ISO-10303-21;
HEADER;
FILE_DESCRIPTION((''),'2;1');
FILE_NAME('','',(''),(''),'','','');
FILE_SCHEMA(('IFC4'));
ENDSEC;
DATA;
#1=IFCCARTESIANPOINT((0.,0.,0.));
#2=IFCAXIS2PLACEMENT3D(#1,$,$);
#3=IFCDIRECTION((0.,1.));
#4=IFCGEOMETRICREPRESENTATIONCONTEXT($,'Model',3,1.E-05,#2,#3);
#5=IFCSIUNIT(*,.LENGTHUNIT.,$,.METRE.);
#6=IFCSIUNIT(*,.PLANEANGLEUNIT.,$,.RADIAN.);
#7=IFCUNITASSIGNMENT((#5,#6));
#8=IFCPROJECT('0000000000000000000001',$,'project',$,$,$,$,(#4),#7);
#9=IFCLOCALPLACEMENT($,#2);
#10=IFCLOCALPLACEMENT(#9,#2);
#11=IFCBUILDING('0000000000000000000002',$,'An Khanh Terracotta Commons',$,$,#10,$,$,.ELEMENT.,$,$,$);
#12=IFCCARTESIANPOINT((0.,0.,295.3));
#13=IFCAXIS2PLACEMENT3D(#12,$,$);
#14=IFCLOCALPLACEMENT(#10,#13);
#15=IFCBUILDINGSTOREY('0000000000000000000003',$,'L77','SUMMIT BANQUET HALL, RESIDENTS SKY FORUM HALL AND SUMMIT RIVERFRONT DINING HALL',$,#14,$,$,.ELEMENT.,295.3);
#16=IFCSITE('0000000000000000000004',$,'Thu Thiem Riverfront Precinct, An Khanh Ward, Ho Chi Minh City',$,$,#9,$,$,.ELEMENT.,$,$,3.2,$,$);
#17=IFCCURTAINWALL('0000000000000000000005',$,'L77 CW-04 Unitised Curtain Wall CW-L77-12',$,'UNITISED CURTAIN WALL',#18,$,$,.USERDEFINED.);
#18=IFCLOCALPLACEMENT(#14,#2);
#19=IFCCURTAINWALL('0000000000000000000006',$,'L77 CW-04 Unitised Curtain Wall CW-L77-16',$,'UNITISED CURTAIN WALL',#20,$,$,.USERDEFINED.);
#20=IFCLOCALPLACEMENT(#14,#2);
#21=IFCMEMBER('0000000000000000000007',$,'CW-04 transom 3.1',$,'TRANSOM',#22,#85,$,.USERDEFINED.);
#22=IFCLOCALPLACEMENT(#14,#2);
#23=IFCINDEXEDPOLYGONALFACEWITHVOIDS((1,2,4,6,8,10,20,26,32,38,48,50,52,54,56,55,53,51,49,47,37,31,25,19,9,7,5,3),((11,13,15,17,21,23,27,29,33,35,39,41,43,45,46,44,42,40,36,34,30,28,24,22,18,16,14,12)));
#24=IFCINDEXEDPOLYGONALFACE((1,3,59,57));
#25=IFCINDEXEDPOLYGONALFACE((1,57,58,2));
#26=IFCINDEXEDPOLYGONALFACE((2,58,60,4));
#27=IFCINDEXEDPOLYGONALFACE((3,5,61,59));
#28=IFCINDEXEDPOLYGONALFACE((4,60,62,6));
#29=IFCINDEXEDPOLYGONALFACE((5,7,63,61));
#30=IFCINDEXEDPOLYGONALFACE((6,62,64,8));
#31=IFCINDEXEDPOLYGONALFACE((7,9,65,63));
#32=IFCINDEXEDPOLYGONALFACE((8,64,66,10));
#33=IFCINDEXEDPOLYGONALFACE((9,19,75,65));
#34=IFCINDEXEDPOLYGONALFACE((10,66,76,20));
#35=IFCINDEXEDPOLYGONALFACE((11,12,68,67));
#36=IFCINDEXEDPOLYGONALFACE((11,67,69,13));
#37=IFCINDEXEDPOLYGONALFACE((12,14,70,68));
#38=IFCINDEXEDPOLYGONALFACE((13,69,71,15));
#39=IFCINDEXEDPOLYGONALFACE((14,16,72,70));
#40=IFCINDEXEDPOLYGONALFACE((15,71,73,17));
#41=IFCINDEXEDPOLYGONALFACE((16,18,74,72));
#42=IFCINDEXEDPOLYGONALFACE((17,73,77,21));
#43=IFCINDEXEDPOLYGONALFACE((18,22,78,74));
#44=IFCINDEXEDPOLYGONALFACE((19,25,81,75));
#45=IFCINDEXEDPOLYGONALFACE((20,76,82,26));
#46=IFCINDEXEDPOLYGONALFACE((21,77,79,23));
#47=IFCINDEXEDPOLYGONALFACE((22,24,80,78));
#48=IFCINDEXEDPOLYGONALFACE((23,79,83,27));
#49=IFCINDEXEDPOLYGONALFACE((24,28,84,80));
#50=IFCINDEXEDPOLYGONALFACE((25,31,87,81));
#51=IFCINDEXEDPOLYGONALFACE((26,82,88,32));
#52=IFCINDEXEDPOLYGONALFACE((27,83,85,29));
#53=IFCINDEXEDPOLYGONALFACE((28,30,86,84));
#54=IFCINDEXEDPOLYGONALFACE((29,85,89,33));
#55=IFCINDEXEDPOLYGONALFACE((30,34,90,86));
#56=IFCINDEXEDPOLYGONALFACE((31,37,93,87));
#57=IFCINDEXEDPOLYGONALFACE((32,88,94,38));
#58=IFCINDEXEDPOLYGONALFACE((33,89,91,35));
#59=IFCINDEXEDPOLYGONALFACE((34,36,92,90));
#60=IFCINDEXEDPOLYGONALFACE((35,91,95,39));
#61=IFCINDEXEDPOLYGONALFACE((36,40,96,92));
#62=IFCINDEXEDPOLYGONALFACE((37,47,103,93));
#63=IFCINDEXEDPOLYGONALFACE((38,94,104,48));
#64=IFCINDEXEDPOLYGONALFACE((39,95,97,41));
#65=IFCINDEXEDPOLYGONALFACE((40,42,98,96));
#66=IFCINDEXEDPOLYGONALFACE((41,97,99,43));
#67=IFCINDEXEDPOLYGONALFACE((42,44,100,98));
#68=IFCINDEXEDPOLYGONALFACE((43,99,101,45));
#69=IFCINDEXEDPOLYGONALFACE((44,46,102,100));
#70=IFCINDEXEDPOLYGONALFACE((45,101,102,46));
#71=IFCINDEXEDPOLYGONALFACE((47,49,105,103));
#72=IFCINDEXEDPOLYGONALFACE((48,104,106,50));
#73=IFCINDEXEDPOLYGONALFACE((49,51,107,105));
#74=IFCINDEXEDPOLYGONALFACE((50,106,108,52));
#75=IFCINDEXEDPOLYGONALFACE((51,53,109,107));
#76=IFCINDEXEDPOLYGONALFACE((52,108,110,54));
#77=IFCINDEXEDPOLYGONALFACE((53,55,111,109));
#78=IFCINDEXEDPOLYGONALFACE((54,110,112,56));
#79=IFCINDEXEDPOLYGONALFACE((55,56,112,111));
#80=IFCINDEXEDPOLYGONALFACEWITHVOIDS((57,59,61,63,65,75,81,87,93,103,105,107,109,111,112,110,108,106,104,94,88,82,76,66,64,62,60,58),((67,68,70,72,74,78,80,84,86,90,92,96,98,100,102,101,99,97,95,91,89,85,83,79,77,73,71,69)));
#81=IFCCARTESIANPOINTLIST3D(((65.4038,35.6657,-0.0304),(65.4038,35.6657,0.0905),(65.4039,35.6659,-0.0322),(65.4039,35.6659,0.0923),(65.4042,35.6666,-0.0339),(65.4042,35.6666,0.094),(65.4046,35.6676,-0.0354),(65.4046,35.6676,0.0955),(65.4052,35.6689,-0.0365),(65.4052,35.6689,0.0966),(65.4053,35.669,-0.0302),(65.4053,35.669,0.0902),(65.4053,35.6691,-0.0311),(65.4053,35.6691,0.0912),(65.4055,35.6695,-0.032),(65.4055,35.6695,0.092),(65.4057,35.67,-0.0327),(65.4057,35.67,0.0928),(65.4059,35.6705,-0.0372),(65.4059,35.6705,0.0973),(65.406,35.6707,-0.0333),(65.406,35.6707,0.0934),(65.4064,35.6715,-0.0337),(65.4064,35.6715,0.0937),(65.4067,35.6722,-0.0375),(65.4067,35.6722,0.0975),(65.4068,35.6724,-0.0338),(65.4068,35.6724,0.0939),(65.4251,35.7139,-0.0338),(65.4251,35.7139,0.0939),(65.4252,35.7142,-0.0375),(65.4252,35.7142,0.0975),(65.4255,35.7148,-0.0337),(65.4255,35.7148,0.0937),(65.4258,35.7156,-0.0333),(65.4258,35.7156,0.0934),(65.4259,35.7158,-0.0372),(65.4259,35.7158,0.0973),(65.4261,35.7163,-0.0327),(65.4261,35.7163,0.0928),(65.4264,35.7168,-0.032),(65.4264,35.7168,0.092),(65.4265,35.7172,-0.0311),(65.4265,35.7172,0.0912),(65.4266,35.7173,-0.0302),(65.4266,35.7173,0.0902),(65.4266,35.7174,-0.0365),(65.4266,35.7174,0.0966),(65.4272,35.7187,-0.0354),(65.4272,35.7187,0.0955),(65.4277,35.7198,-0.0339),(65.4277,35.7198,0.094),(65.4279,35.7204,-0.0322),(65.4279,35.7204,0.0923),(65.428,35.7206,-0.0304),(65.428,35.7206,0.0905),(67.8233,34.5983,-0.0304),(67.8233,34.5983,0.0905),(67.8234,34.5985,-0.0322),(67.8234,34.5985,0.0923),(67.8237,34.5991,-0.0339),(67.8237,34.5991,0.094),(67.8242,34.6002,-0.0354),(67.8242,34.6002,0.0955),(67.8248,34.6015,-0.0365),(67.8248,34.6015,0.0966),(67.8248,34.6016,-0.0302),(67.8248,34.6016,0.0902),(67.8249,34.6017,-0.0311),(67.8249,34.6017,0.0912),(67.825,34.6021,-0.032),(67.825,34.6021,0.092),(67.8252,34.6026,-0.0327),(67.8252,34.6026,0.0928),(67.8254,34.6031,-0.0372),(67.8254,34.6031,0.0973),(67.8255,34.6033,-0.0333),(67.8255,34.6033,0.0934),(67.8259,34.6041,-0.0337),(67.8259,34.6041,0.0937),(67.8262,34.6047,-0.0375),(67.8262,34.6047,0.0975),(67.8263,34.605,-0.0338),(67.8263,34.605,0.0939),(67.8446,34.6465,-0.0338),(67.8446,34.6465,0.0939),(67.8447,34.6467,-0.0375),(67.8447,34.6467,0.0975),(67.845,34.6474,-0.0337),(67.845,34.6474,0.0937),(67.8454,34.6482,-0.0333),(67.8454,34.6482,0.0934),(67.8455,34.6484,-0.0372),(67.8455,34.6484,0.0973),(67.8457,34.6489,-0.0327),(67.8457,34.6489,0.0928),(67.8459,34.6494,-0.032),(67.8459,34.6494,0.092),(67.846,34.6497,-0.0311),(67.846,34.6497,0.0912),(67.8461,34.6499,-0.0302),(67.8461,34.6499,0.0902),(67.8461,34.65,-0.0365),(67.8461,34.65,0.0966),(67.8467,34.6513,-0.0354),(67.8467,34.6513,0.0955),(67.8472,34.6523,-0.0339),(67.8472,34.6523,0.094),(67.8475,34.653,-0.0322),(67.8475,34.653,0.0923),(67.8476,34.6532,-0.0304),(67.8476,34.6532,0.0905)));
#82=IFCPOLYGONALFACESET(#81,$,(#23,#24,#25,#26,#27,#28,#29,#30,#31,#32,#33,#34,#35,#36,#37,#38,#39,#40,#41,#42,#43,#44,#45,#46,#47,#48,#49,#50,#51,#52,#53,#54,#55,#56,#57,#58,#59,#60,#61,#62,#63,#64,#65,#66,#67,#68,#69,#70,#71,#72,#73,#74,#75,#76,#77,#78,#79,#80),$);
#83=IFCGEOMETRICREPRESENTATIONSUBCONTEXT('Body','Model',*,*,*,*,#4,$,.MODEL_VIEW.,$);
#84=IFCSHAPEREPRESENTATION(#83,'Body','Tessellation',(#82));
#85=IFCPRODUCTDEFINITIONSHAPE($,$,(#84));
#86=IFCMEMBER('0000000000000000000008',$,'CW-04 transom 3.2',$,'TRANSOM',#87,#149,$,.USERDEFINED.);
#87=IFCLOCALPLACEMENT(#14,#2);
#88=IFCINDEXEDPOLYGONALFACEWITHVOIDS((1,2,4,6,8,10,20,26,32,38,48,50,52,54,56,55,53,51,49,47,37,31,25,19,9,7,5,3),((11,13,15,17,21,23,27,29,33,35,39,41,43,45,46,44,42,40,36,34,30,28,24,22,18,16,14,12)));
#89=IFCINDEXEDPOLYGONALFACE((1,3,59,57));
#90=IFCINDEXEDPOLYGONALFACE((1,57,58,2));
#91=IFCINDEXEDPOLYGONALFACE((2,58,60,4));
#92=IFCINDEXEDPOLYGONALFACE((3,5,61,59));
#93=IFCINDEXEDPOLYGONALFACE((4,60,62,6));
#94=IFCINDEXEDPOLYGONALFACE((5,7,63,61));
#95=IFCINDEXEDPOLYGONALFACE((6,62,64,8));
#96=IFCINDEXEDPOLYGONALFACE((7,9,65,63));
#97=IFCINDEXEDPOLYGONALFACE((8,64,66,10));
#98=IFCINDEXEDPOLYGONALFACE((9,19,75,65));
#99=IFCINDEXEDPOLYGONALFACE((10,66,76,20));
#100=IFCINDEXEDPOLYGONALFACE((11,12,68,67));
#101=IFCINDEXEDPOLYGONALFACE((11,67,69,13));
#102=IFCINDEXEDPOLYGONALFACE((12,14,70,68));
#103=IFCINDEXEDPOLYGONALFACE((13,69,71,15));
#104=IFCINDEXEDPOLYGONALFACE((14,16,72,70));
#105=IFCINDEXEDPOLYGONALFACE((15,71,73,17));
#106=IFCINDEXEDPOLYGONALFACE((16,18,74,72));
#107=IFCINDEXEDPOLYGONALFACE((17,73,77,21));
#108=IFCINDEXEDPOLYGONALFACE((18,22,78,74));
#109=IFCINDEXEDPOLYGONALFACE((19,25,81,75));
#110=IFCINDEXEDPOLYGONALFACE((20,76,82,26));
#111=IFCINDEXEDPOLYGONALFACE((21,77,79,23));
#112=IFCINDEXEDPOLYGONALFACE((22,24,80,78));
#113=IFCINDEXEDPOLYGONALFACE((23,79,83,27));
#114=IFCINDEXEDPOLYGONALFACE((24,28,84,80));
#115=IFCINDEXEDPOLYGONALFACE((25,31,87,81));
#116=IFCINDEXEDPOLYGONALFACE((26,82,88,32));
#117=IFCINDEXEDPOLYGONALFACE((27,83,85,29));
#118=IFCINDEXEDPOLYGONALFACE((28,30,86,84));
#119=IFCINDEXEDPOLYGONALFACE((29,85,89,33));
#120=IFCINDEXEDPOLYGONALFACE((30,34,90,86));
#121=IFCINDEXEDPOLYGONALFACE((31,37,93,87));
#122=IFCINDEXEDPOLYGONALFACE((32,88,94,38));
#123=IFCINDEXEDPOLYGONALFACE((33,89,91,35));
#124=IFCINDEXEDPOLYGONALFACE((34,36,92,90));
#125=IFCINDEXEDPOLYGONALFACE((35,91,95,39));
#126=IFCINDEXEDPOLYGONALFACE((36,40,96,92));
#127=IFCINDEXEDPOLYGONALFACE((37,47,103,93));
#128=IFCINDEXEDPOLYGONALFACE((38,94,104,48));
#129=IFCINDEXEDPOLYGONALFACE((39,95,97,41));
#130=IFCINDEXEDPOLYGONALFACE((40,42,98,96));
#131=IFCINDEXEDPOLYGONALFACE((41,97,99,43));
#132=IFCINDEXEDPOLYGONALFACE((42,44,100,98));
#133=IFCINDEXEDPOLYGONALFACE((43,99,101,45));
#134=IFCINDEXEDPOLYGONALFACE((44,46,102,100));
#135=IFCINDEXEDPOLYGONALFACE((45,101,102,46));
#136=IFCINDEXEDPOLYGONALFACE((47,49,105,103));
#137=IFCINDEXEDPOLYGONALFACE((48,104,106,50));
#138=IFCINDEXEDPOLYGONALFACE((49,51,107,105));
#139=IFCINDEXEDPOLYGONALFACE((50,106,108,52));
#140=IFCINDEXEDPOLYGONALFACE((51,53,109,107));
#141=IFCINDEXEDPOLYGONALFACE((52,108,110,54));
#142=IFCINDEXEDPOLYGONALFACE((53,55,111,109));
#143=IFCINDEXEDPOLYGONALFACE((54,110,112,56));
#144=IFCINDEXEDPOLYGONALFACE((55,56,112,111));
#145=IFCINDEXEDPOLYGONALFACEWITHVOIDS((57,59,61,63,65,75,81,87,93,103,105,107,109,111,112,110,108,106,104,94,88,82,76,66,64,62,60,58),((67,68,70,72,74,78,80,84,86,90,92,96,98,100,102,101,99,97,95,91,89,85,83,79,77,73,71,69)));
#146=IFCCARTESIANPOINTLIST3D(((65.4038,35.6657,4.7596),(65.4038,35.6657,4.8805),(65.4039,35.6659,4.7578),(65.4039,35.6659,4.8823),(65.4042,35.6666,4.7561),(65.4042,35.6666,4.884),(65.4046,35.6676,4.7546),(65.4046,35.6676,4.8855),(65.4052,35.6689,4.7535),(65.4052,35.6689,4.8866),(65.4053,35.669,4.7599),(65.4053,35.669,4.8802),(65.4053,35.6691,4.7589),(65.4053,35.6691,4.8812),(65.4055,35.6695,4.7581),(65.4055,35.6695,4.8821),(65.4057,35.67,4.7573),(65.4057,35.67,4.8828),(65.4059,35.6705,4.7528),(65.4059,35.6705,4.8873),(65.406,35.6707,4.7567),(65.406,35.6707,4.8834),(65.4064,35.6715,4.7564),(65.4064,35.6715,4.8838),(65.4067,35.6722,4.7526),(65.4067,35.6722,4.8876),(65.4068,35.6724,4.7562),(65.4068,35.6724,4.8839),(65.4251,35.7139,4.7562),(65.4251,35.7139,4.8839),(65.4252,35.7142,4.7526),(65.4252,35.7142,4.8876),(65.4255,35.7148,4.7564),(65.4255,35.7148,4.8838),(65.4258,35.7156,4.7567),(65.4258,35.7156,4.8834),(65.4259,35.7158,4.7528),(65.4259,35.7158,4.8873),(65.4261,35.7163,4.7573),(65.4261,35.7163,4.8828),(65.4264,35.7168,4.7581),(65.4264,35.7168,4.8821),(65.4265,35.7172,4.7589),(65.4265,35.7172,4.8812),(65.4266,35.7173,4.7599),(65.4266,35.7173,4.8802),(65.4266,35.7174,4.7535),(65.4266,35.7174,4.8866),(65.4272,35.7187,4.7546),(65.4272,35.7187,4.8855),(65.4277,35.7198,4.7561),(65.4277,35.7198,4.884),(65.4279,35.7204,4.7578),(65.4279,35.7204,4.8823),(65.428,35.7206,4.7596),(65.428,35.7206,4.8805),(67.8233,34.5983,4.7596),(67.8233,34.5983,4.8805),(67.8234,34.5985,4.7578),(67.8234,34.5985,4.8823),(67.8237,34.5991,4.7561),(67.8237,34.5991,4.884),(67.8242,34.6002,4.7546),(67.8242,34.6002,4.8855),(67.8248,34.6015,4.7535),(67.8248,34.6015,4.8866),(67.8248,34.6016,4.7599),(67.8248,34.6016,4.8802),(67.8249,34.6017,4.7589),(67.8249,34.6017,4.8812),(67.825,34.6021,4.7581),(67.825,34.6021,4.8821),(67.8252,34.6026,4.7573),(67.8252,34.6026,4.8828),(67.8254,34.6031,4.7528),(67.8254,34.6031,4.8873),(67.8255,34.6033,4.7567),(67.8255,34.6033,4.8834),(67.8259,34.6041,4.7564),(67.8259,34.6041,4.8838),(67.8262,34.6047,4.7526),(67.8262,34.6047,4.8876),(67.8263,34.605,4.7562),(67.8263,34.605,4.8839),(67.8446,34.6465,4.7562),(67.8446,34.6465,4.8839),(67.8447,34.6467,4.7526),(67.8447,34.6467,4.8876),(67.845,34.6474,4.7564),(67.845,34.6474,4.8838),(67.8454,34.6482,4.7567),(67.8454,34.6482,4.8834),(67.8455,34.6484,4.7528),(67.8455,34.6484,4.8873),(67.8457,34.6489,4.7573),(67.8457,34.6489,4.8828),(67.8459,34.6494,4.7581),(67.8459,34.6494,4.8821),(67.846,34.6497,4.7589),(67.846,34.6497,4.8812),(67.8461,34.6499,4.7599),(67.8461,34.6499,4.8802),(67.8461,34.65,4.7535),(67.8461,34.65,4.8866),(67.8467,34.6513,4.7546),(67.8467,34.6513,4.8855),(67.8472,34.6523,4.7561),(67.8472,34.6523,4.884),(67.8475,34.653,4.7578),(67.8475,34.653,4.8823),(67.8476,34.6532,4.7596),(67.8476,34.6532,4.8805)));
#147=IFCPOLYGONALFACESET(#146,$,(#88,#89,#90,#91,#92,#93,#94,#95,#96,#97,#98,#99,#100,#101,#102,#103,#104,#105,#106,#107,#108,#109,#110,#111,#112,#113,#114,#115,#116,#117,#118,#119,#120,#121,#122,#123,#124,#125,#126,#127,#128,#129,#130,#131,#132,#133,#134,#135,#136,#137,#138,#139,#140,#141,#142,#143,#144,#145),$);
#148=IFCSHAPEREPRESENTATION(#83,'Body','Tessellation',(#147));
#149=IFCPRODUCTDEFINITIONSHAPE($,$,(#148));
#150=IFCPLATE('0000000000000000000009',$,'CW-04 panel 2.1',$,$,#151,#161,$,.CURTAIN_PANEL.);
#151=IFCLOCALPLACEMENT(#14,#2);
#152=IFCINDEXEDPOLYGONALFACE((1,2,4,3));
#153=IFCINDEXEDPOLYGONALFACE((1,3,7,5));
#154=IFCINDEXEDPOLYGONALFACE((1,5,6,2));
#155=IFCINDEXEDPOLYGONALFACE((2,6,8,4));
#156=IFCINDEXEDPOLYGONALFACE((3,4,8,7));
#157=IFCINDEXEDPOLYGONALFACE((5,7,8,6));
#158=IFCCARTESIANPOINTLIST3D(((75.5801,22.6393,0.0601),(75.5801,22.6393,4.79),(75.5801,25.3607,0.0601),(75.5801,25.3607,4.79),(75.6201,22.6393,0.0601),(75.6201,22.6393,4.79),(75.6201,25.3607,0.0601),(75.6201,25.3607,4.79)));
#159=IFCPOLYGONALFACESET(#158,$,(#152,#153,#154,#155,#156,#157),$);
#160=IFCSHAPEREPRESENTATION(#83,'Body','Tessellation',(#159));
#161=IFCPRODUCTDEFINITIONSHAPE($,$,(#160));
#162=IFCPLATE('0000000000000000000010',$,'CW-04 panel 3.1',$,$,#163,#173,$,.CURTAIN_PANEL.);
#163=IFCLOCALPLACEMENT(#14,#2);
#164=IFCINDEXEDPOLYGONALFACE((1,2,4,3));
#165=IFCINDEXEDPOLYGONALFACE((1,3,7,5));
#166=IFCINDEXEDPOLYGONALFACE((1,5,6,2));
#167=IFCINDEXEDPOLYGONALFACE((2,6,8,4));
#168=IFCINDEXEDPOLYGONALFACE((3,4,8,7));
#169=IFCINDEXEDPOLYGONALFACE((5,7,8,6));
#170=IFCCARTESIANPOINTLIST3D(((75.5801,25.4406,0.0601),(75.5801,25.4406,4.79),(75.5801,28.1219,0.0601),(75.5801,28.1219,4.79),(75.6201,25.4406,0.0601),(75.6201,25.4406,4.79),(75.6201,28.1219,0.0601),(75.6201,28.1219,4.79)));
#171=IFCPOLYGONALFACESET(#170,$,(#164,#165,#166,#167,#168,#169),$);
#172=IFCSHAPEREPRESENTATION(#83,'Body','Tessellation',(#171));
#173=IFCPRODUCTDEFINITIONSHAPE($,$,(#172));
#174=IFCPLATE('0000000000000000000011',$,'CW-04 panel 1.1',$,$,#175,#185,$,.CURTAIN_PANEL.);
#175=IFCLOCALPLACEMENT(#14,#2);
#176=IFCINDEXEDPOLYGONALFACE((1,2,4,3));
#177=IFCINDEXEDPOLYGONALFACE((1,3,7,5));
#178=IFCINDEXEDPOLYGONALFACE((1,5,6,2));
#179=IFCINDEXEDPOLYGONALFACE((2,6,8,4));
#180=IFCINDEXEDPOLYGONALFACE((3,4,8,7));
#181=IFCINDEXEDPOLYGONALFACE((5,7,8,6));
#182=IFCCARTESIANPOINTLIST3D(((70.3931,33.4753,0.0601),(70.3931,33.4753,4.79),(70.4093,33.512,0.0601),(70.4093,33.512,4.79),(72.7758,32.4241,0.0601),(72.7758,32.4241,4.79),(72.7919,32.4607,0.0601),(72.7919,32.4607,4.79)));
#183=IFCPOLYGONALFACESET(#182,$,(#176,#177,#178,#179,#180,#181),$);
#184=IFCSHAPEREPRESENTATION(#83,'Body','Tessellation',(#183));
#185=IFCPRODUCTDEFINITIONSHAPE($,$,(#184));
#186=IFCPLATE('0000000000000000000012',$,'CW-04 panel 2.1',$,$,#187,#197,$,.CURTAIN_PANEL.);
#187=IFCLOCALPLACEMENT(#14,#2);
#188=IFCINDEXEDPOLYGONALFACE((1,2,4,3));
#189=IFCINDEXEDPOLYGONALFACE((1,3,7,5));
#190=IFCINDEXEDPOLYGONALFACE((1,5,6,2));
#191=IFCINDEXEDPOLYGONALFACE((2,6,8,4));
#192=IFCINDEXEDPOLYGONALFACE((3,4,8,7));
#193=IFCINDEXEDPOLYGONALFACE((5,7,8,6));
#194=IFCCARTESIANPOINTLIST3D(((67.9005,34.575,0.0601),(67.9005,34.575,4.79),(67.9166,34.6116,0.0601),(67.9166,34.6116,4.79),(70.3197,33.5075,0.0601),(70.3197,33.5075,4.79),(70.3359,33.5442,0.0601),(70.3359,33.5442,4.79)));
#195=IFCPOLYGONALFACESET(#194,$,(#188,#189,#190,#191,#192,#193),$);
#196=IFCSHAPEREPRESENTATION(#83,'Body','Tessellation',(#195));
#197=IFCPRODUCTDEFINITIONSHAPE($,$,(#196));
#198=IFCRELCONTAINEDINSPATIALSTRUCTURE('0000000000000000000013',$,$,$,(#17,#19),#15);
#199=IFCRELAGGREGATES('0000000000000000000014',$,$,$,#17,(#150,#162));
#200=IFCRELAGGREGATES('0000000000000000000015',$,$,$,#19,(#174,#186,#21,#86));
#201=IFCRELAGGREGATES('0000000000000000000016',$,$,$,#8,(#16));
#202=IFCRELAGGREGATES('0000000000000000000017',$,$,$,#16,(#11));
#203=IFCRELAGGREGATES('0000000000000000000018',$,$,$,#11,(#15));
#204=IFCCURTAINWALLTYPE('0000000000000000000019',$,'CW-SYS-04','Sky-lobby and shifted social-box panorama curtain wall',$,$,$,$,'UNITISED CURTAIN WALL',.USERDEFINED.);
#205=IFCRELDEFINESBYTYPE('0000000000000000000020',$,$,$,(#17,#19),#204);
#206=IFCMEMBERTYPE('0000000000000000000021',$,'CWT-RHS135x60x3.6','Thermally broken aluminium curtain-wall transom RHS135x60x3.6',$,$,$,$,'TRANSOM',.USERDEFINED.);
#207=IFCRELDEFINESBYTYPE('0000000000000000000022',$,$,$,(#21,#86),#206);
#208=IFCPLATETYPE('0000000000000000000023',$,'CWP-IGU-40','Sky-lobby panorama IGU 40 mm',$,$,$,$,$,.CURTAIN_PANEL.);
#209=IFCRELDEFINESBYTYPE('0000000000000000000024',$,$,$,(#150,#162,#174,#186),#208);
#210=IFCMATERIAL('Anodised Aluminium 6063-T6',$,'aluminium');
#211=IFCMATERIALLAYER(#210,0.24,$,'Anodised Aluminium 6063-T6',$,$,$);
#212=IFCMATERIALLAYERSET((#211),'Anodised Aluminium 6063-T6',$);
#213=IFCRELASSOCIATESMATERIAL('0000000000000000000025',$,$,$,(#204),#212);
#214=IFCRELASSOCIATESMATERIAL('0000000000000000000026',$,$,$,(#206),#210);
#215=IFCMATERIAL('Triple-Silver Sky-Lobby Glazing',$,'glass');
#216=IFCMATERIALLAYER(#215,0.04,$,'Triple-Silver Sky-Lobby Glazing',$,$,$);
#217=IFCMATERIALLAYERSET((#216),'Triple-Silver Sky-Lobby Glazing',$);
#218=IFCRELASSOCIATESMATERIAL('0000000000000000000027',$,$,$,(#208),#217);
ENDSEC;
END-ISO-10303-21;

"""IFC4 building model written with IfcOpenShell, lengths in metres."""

from ifc_helpers import new_model, si_unit, direction, frame, origin, origin_2d, place, context, subcontext, project, spatial, rectangle, hollow_rectangle, extrude, material, layer, layer_set, material_profile, profile_set, type_object, element, aggregate, save


model = new_model("IFC4")

# Units and contexts
model_context = context("Model", 3, precision=1e-05, world=origin(), true_north=direction((0.0, 1.0)))
body_context = subcontext(model_context, "Body", "Model", "MODEL_VIEW")
ifc_project = project(units=[si_unit("LENGTHUNIT", "METRE"), si_unit("PLANEANGLEUNIT", "RADIAN")], contexts=[model_context])

# Site, building, storey
site_placement = place(None, origin())
site = spatial("IfcSite", under=ifc_project, at=site_placement, Name="Thu Thiem Riverfront Precinct, An Khanh Ward, Ho Chi Minh City", CompositionType="ELEMENT", RefElevation=3.2)
building_placement = place(site_placement, origin())
building = spatial("IfcBuilding", under=site, at=building_placement, Name="An Khanh Terracotta Commons", CompositionType="ELEMENT")
storey_placement = place(building_placement, frame((0.0, 0.0, 295.3)))
storey = spatial("IfcBuildingStorey", under=building, at=storey_placement, Name="L77", Description="SUMMIT BANQUET HALL, RESIDENTS SKY FORUM HALL AND SUMMIT RIVERFRONT DINING HALL", CompositionType="ELEMENT", Elevation=295.3)

# Curtain walls
ifc_material_1 = material(Name="Anodised Aluminium 6063-T6", Category="aluminium")
ifc_layer_1 = layer(ifc_material_1, 0.24, Name="Anodised Aluminium 6063-T6")
ifc_layer_set_1 = layer_set([ifc_layer_1], Name="Anodised Aluminium 6063-T6")
curtain_wall_type = type_object("IfcCurtainWallType", Name="CW-SYS-04", Description="Sky-lobby and shifted social-box panorama curtain wall", ElementType="UNITISED CURTAIN WALL", PredefinedType="USERDEFINED", material=ifc_layer_set_1)
curtain_wall_1_placement = place(storey_placement, origin())
curtain_wall_1 = element("IfcCurtainWall", 1, at=curtain_wall_1_placement, inside=storey, type_object=curtain_wall_type, Name="L77 CW-04 Unitised Curtain Wall CW-L77-12", ObjectType="UNITISED CURTAIN WALL", PredefinedType="USERDEFINED")
curtain_wall_2_placement = place(storey_placement, origin())
curtain_wall_2 = element("IfcCurtainWall", 2, at=curtain_wall_2_placement, inside=storey, type_object=curtain_wall_type, Name="L77 CW-04 Unitised Curtain Wall CW-L77-16", ObjectType="UNITISED CURTAIN WALL", PredefinedType="USERDEFINED")

# Members
ifc_material_profile_1 = material_profile(ifc_material_1, hollow_rectangle(XDim=0.0601, YDim=0.135, WallThickness=0.0037, InnerFilletRadius=0.0037, OuterFilletRadius=0.0071, at=origin_2d()), Name="RHS135x60x3.6")
ifc_profile_set_1 = profile_set([ifc_material_profile_1], Name="Anodised Aluminium 6063-T6")
member_type_1 = type_object("IfcMemberType", Name="CWT-RHS135x60x3.6", Description="Thermally broken aluminium curtain-wall transom RHS135x60x3.6", ElementType="TRANSOM", PredefinedType="USERDEFINED", material=ifc_profile_set_1)
member_1_placement = place(storey_placement, frame((67.8354, 34.6257, 0.03), z_axis=(-0.91492, 0.403636, 0.0), x_axis=(-0.403636, -0.91492, 0.0)))
member_1 = element("IfcMember", 3, at=member_1_placement, type_object=member_type_1, Name="CW-04 transom 3.1", ObjectType="TRANSOM", PredefinedType="USERDEFINED", context=body_context, shape_type="SweptSolid", body=[
    extrude(hollow_rectangle(XDim=0.0601, YDim=0.135, WallThickness=0.0037, InnerFilletRadius=0.0037, OuterFilletRadius=0.0071, at=origin_2d()), origin(), (0.0, 0.0, 1.0), 2.6445),
])
member_2_placement = place(storey_placement, frame((67.8354, 34.6257, 4.8201), z_axis=(-0.91492, 0.403636, 0.0), x_axis=(-0.403636, -0.91492, 0.0)))
member_2 = element("IfcMember", 4, at=member_2_placement, type_object=member_type_1, Name="CW-04 transom 3.2", ObjectType="TRANSOM", PredefinedType="USERDEFINED", context=body_context, shape_type="SweptSolid", body=[
    extrude(hollow_rectangle(XDim=0.0601, YDim=0.135, WallThickness=0.0037, InnerFilletRadius=0.0037, OuterFilletRadius=0.0071, at=origin_2d()), origin(), (0.0, 0.0, 1.0), 2.6445),
])

# Plates
ifc_material_2 = material(Name="Triple-Silver Sky-Lobby Glazing", Category="glass")
ifc_layer_2 = layer(ifc_material_2, 0.04, Name="Triple-Silver Sky-Lobby Glazing")
ifc_layer_set_2 = layer_set([ifc_layer_2], Name="Triple-Silver Sky-Lobby Glazing")
plate_type = type_object("IfcPlateType", Name="CWP-IGU-40", Description="Sky-lobby panorama IGU 40 mm", PredefinedType="CURTAIN_PANEL", material=ifc_layer_set_2)
plate_1_placement = place(storey_placement, frame((75.6001, 24.0, 0.0601), z_axis=(0.0, 0.0, 1.0), x_axis=(0.0, 1.0, 0.0)))
plate_1 = element("IfcPlate", 5, at=plate_1_placement, type_object=plate_type, Name="CW-04 panel 2.1", PredefinedType="CURTAIN_PANEL", context=body_context, shape_type="SweptSolid", body=[
    extrude(rectangle(XDim=2.7214, YDim=0.04, at=origin_2d()), origin(), (0.0, 0.0, 1.0), 4.73),
])
plate_2_placement = place(storey_placement, frame((75.6001, 26.7812, 0.0601), z_axis=(0.0, 0.0, 1.0), x_axis=(0.0, 1.0, 0.0)))
plate_2 = element("IfcPlate", 6, at=plate_2_placement, type_object=plate_type, Name="CW-04 panel 3.1", PredefinedType="CURTAIN_PANEL", context=body_context, shape_type="SweptSolid", body=[
    extrude(rectangle(XDim=2.6814, YDim=0.04, at=origin_2d()), origin(), (0.0, 0.0, 1.0), 4.73),
])
aggregate(curtain_wall_1, [plate_1, plate_2])
plate_3_placement = place(storey_placement, frame((71.5925, 32.968, 0.0601), z_axis=(0.0, 0.0, 1.0), x_axis=(-0.914902, 0.403676, 0.0)))
plate_3 = element("IfcPlate", 7, at=plate_3_placement, type_object=plate_type, Name="CW-04 panel 1.1", PredefinedType="CURTAIN_PANEL", context=body_context, shape_type="SweptSolid", body=[
    extrude(rectangle(XDim=2.6042, YDim=0.04, at=origin_2d()), origin(), (0.0, 0.0, 1.0), 4.73),
])
plate_4_placement = place(storey_placement, frame((69.1182, 34.0596, 0.0601), z_axis=(0.0, 0.0, 1.0), x_axis=(-0.914902, 0.403676, 0.0)))
plate_4 = element("IfcPlate", 8, at=plate_4_placement, type_object=plate_type, Name="CW-04 panel 2.1", PredefinedType="CURTAIN_PANEL", context=body_context, shape_type="SweptSolid", body=[
    extrude(rectangle(XDim=2.6443, YDim=0.04, at=origin_2d()), origin(), (0.0, 0.0, 1.0), 4.73),
])
aggregate(curtain_wall_2, [plate_3, plate_4, member_1, member_2])

save(model, "model.ifc")
